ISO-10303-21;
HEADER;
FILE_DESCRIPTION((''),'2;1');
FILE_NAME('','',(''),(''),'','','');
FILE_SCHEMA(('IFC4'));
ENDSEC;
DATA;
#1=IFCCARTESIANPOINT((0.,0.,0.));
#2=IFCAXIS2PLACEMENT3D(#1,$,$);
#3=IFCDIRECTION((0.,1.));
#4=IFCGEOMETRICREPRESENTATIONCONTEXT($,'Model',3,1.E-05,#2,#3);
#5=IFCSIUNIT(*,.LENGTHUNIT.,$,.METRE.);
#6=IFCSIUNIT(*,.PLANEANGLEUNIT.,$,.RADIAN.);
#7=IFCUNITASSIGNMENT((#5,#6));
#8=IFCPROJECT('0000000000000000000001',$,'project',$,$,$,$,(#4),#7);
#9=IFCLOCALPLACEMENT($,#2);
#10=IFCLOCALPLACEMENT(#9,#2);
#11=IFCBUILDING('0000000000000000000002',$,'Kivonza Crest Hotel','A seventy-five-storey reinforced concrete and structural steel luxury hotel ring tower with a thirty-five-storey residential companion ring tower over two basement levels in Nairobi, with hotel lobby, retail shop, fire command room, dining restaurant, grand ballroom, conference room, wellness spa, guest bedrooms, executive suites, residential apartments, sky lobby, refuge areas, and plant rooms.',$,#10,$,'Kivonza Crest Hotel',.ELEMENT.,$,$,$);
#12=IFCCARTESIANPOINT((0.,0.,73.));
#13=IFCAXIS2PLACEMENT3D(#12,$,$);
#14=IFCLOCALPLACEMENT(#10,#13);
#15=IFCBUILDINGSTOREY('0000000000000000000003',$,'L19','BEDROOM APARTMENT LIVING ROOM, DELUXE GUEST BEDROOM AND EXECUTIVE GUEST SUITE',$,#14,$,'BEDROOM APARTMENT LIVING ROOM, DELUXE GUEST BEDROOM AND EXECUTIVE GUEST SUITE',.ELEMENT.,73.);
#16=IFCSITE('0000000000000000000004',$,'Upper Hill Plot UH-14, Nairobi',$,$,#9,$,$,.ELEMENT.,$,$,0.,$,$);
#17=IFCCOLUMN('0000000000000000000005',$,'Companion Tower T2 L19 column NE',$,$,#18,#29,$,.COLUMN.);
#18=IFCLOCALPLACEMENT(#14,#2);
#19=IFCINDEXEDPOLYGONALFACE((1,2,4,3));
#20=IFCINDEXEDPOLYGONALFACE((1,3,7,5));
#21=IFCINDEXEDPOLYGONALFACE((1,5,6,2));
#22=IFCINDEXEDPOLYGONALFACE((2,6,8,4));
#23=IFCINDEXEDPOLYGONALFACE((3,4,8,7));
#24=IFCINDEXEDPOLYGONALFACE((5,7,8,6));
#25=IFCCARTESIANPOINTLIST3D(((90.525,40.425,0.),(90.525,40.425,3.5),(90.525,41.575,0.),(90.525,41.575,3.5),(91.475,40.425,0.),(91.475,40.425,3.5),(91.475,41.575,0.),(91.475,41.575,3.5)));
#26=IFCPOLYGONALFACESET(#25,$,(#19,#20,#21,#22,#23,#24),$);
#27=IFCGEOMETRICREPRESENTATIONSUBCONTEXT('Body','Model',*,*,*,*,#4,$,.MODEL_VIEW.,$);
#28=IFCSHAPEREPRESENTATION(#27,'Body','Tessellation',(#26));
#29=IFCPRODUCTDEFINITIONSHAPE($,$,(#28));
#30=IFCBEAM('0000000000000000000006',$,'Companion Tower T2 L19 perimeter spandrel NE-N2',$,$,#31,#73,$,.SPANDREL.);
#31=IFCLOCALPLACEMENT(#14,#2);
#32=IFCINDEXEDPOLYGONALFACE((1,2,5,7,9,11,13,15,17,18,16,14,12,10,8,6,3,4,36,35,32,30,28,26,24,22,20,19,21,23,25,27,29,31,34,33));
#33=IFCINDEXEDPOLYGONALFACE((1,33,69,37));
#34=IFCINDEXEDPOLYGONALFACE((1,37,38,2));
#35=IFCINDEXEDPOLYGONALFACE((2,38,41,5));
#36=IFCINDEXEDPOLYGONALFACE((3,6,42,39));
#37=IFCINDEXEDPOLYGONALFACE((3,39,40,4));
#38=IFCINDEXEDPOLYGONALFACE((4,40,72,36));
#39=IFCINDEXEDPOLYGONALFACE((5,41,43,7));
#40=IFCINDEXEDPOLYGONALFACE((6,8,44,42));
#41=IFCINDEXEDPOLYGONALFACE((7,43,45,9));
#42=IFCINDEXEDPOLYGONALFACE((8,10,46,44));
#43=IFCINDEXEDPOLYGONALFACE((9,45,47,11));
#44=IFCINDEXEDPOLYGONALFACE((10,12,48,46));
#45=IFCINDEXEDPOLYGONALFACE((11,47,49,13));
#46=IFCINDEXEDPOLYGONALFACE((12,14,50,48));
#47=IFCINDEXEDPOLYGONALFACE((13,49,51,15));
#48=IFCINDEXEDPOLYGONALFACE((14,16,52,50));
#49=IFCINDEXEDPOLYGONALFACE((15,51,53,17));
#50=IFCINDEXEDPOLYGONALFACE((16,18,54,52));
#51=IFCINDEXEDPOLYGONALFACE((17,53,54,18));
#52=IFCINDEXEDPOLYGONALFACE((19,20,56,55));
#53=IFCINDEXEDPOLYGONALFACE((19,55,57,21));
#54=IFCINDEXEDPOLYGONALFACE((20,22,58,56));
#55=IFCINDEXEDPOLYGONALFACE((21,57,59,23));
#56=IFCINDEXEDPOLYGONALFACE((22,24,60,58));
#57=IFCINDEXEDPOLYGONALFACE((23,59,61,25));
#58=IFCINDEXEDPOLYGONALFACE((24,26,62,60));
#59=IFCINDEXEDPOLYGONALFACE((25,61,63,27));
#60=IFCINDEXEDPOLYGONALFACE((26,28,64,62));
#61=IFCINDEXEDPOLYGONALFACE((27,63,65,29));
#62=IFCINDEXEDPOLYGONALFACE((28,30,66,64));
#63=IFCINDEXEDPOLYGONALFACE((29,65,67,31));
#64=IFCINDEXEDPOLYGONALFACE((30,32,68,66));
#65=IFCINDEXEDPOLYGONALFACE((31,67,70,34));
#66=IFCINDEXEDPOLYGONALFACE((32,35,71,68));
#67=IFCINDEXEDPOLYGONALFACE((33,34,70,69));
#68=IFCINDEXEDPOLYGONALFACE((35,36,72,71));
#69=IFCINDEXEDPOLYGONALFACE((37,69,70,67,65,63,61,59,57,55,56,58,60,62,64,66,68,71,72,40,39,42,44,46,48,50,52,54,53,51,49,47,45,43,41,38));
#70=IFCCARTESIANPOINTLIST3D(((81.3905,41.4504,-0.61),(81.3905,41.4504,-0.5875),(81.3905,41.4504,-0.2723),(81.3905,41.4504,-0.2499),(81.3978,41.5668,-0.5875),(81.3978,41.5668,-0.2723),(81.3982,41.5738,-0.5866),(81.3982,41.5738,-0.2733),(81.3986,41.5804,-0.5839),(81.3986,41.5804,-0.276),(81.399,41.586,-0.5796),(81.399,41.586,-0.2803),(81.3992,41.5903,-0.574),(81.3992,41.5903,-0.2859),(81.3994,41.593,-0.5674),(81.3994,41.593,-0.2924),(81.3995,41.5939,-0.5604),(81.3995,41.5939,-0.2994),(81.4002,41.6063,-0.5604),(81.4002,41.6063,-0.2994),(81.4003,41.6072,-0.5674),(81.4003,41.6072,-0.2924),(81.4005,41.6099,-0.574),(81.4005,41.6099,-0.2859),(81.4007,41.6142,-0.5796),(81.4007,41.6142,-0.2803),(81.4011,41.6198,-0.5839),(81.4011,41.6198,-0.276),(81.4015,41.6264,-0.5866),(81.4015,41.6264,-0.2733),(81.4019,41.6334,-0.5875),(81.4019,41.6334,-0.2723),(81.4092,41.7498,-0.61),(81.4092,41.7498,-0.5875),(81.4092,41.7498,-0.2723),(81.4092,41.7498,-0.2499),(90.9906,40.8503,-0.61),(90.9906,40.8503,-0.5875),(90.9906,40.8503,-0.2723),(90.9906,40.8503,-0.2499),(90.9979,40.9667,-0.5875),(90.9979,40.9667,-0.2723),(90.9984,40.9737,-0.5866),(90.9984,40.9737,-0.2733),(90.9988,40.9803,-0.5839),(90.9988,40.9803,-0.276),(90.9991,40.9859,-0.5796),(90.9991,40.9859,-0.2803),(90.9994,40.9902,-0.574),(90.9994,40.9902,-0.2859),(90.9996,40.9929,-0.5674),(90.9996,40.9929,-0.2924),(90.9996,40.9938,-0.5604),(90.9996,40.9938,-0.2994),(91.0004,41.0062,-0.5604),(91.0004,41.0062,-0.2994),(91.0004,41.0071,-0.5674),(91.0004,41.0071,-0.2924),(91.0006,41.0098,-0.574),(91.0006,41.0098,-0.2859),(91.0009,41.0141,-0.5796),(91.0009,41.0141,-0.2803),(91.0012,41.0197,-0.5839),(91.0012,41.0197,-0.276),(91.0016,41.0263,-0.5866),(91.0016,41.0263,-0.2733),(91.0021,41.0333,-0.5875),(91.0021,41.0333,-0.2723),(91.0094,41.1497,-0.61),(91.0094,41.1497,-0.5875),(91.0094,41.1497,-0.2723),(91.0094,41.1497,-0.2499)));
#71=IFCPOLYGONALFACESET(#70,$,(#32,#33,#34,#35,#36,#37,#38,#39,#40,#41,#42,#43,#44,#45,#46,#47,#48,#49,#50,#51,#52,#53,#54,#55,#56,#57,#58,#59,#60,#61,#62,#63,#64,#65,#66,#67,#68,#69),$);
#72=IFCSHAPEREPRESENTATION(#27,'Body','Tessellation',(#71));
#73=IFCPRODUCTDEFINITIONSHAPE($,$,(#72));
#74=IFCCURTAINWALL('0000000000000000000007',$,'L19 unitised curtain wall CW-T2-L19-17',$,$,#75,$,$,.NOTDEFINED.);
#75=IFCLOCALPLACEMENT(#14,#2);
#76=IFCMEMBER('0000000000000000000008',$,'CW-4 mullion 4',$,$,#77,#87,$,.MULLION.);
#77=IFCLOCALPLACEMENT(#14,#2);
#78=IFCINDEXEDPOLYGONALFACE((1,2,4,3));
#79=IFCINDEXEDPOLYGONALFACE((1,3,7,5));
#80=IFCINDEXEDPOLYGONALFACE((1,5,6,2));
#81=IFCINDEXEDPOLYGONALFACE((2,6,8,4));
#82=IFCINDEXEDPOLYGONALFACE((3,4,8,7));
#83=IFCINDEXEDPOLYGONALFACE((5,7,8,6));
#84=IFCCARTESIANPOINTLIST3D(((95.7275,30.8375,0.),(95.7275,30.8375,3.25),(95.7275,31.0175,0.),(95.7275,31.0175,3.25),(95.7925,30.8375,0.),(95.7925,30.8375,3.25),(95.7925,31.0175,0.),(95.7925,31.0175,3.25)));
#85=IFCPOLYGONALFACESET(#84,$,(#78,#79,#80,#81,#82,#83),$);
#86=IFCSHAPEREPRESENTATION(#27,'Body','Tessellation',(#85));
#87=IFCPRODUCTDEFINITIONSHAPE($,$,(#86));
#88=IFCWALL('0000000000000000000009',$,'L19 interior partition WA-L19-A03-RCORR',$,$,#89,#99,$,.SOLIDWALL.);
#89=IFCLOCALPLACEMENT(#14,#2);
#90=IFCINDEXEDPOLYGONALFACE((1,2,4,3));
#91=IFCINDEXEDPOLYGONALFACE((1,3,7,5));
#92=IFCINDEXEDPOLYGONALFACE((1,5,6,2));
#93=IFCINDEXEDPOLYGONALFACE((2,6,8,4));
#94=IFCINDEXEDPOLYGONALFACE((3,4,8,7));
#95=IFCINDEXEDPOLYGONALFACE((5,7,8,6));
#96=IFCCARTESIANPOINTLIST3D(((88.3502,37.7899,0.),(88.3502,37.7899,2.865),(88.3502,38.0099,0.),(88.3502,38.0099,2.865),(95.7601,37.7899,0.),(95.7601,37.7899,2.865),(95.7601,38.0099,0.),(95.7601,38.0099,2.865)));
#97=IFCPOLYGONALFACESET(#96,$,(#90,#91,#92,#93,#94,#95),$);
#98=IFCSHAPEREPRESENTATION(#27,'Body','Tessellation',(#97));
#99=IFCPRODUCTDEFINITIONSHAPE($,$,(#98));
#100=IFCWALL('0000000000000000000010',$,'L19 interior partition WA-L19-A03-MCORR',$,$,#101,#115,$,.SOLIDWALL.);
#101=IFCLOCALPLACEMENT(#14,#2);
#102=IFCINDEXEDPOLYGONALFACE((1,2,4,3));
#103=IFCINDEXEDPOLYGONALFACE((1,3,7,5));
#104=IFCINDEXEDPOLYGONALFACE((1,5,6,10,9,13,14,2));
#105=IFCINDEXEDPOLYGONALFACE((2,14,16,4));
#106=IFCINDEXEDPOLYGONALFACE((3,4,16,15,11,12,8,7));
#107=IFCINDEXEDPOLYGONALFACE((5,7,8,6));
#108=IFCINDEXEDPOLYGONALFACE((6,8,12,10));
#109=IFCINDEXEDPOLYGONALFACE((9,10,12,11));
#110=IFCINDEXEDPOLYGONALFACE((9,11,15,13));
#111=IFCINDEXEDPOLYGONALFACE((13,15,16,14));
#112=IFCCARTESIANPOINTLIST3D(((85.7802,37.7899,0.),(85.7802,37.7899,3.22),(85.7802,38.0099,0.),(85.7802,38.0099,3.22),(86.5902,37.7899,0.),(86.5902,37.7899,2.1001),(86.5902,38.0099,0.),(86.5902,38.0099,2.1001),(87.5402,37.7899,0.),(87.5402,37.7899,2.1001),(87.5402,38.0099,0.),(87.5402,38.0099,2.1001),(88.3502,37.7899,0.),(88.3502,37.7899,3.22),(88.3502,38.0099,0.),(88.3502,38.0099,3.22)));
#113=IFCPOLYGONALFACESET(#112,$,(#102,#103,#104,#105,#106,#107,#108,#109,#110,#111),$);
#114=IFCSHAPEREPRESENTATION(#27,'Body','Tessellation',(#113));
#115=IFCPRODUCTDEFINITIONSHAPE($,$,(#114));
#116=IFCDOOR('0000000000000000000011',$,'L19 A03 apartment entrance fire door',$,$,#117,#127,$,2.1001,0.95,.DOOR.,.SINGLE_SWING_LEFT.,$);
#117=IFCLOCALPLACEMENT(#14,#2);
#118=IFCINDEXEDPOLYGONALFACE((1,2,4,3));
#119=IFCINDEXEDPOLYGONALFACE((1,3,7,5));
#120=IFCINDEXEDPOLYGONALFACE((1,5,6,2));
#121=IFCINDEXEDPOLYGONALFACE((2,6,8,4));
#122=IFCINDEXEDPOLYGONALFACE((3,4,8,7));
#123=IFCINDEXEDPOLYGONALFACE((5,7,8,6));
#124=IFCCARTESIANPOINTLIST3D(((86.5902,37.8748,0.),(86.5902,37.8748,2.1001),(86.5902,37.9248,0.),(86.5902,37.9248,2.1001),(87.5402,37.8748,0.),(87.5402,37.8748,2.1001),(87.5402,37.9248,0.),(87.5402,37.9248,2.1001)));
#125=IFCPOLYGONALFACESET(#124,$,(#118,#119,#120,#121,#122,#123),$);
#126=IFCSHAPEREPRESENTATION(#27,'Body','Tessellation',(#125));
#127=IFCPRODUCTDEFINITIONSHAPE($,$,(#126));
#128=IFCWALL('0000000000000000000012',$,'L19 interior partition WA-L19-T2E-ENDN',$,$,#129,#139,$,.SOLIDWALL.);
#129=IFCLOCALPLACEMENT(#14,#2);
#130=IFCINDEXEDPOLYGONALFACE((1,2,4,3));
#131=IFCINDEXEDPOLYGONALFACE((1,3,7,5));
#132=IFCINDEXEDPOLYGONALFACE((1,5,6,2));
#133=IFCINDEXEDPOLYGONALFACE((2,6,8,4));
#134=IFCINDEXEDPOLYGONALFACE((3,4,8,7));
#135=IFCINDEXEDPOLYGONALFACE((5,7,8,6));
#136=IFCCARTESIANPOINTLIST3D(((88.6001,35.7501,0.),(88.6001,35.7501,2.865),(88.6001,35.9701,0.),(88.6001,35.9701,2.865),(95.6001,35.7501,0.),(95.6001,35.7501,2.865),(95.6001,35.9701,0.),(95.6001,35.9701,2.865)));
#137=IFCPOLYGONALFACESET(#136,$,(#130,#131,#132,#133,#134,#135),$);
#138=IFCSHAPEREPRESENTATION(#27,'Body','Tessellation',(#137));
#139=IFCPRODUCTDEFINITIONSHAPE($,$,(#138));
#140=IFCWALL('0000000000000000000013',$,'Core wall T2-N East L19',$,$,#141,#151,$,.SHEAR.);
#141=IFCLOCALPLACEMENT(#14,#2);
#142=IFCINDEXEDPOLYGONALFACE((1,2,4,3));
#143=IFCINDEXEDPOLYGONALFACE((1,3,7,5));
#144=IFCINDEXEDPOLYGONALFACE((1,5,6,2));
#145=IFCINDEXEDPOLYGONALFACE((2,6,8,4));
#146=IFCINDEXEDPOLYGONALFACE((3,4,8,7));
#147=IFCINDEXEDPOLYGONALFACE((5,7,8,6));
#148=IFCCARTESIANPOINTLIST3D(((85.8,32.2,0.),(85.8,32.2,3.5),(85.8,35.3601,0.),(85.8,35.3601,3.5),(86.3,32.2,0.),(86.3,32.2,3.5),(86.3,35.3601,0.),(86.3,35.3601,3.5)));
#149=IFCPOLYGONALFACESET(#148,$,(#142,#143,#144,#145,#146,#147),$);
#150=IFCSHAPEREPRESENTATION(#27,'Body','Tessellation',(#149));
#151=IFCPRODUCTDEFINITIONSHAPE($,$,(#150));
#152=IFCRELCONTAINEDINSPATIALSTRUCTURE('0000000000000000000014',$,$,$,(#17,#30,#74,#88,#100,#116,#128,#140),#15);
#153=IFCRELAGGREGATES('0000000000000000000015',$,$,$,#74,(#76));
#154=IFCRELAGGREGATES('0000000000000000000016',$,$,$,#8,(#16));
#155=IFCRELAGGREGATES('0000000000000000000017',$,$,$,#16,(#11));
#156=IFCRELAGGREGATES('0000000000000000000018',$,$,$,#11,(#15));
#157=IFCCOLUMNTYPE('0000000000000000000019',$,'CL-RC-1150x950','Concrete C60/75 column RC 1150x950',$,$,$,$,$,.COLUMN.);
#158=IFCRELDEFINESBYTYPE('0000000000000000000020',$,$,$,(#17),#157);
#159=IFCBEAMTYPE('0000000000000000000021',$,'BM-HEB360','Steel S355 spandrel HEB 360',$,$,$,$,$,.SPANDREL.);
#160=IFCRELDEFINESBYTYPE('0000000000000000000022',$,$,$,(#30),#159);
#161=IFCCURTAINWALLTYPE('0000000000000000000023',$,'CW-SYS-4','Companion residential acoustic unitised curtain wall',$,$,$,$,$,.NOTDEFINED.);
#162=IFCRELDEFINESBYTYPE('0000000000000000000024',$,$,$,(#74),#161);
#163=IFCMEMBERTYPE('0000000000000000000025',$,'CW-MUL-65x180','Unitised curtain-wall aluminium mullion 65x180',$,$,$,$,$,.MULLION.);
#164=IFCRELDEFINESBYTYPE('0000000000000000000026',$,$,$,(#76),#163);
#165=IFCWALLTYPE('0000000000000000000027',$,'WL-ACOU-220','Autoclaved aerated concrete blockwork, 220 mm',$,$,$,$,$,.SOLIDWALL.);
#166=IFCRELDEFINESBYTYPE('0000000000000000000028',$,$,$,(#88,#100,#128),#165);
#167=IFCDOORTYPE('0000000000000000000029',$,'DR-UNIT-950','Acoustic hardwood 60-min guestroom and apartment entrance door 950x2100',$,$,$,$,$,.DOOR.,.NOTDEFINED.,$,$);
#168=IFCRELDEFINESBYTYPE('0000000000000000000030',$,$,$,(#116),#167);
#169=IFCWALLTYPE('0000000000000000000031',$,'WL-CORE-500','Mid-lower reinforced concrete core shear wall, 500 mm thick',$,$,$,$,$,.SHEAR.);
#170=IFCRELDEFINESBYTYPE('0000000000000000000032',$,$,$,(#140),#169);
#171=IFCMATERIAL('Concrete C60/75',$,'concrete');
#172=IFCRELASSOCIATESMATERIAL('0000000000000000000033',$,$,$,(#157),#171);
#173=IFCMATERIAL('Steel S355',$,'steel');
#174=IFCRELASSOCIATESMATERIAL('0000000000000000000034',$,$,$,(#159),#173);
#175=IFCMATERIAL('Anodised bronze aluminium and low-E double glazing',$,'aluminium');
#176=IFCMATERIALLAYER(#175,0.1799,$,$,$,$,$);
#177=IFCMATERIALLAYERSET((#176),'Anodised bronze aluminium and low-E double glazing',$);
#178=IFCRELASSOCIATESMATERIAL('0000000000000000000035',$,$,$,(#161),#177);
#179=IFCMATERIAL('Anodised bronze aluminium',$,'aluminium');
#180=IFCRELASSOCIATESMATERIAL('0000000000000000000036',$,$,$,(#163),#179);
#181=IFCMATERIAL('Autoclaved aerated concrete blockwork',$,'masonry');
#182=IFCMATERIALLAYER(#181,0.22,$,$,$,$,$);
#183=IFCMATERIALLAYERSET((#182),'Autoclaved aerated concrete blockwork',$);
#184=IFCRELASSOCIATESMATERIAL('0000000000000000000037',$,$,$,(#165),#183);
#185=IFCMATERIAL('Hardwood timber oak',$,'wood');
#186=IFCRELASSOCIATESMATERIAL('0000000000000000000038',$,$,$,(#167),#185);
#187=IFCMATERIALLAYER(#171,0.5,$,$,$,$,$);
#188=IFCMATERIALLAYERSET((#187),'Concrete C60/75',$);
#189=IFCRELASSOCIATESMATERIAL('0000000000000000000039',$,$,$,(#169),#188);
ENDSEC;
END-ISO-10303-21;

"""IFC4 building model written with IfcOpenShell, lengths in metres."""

from ifc_helpers import new_model, si_unit, direction, frame, frame_2d, origin, origin_2d, place, context, subcontext, project, spatial, rectangle, i_section, extrude, material, layer, layer_set, material_profile, profile_set, type_object, element, fill, aggregate, save


model = new_model("IFC4")

# Units and contexts
model_context = context("Model", 3, precision=1e-05, world=origin(), true_north=direction((0.0, 1.0)))
body_context = subcontext(model_context, "Body", "Model", "MODEL_VIEW")
ifc_project = project(units=[si_unit("LENGTHUNIT", "METRE"), si_unit("PLANEANGLEUNIT", "RADIAN")], contexts=[model_context])

# Site, building, storey
site_placement = place(None, origin())
site = spatial("IfcSite", under=ifc_project, at=site_placement, Name="Upper Hill Plot UH-14, Nairobi", CompositionType="ELEMENT", RefElevation=0.0)
building_placement = place(site_placement, origin())
building = spatial("IfcBuilding", under=site, at=building_placement, Name="Kivonza Crest Hotel", Description="A seventy-five-storey reinforced concrete and structural steel luxury hotel ring tower with a thirty-five-storey residential companion ring tower over two basement levels in Nairobi, with hotel lobby, retail shop, fire command room, dining restaurant, grand ballroom, conference room, wellness spa, guest bedrooms, executive suites, residential apartments, sky lobby, refuge areas, and plant rooms.", LongName="Kivonza Crest Hotel", CompositionType="ELEMENT")
storey_placement = place(building_placement, frame((0.0, 0.0, 73.0)))
storey = spatial("IfcBuildingStorey", under=building, at=storey_placement, Name="L19", Description="BEDROOM APARTMENT LIVING ROOM, DELUXE GUEST BEDROOM AND EXECUTIVE GUEST SUITE", LongName="BEDROOM APARTMENT LIVING ROOM, DELUXE GUEST BEDROOM AND EXECUTIVE GUEST SUITE", CompositionType="ELEMENT", Elevation=73.0)

# Column
ifc_material_1 = material(Name="Concrete C60/75", Category="concrete")
ifc_material_profile_1 = material_profile(ifc_material_1, rectangle(XDim=0.95, YDim=1.1499, at=origin_2d()), Name="RC 1150x950")
ifc_profile_set_1 = profile_set([ifc_material_profile_1], Name="Concrete C60/75")
column_type = type_object("IfcColumnType", Name="CL-RC-1150x950", Description="Concrete C60/75 column RC 1150x950", PredefinedType="COLUMN", material=ifc_profile_set_1)
column_placement = place(storey_placement, frame((91.0, 41.0, 0.0), z_axis=(0.0, 0.0, 1.0), x_axis=(1.0, 0.0, 0.0)))
element("IfcColumn", 1, at=column_placement, inside=storey, type_object=column_type, Name="Companion Tower T2 L19 column NE", PredefinedType="COLUMN", context=body_context, shape_type="SweptSolid", body=[
    extrude(rectangle(XDim=0.95, YDim=1.1499, at=origin_2d()), origin(), (0.0, 0.0, 1.0), 3.5),
])

# Beam
ifc_material_2 = material(Name="Steel S355", Category="steel")
ifc_material_profile_2 = material_profile(ifc_material_2, i_section(OverallWidth=0.3, OverallDepth=0.3601, WebThickness=0.0125, FlangeThickness=0.0225, FilletRadius=0.0271, at=origin_2d()), Name="HEB 360")
ifc_profile_set_2 = profile_set([ifc_material_profile_2], Name="Steel S355")
beam_type = type_object("IfcBeamType", Name="BM-HEB360", Description="Steel S355 spandrel HEB 360", PredefinedType="SPANDREL", material=ifc_profile_set_2)
beam_placement = place(storey_placement, frame((91.0, 41.0, -0.4299), z_axis=(-0.998052, 0.062388, 0.0), x_axis=(-0.062388, -0.998052, 0.0)))
element("IfcBeam", 2, at=beam_placement, inside=storey, type_object=beam_type, Name="Companion Tower T2 L19 perimeter spandrel NE-N2", PredefinedType="SPANDREL", context=body_context, shape_type="SweptSolid", body=[
    extrude(i_section(OverallWidth=0.3, OverallDepth=0.3601, WebThickness=0.0125, FlangeThickness=0.0225, FilletRadius=0.0271, at=origin_2d()), origin(), (0.0, 0.0, 1.0), 9.6189),
])

# Curtain wall, member
ifc_material_3 = material(Name="Anodised bronze aluminium and low-E double glazing", Category="aluminium")
ifc_layer_1 = layer(ifc_material_3, 0.1799)
ifc_layer_set_1 = layer_set([ifc_layer_1], Name="Anodised bronze aluminium and low-E double glazing")
curtain_wall_type = type_object("IfcCurtainWallType", Name="CW-SYS-4", Description="Companion residential acoustic unitised curtain wall", PredefinedType="NOTDEFINED", material=ifc_layer_set_1)
curtain_wall_placement = place(storey_placement, origin())
curtain_wall = element("IfcCurtainWall", 3, at=curtain_wall_placement, inside=storey, type_object=curtain_wall_type, Name="L19 unitised curtain wall CW-T2-L19-17", PredefinedType="NOTDEFINED")
ifc_material_4 = material(Name="Anodised bronze aluminium", Category="aluminium")
ifc_material_profile_3 = material_profile(ifc_material_4, rectangle(XDim=0.0649, YDim=0.1799, at=origin_2d()), Name="CW-M 65x180")
ifc_profile_set_3 = profile_set([ifc_material_profile_3], Name="Anodised bronze aluminium")
member_type = type_object("IfcMemberType", Name="CW-MUL-65x180", Description="Unitised curtain-wall aluminium mullion 65x180", PredefinedType="MULLION", material=ifc_profile_set_3)
member_placement = place(storey_placement, frame((95.76, 30.9275, 0.0), z_axis=(0.0, 0.0, 1.0), x_axis=(-1.0, 0.0, 0.0)))
member = element("IfcMember", 4, at=member_placement, type_object=member_type, Name="CW-4 mullion 4", PredefinedType="MULLION", context=body_context, shape_type="SweptSolid", body=[
    extrude(rectangle(XDim=0.0649, YDim=0.1799, at=origin_2d()), origin(), (0.0, 0.0, 1.0), 3.25),
])
aggregate(curtain_wall, [member])

# Wall
ifc_material_5 = material(Name="Autoclaved aerated concrete blockwork", Category="masonry")
ifc_layer_2 = layer(ifc_material_5, 0.22)
ifc_layer_set_2 = layer_set([ifc_layer_2], Name="Autoclaved aerated concrete blockwork")
wall_type_1 = type_object("IfcWallType", Name="WL-ACOU-220", Description="Autoclaved aerated concrete blockwork, 220 mm", PredefinedType="SOLIDWALL", material=ifc_layer_set_2)
wall_1_placement = place(storey_placement, frame((88.3501, 37.8999, 0.0), z_axis=(0.0, 0.0, 1.0), x_axis=(1.0, 0.0, 0.0)))
element("IfcWall", 5, at=wall_1_placement, inside=storey, type_object=wall_type_1, Name="L19 interior partition WA-L19-A03-RCORR", PredefinedType="SOLIDWALL", context=body_context, shape_type="SweptSolid", body=[
    extrude(rectangle(XDim=7.4099, YDim=0.22, at=frame_2d((3.7051, 0.0))), origin(), (0.0, 0.0, 1.0), 2.865),
])

# Wall, opening, door
wall_2_placement = place(storey_placement, frame((85.78, 37.8999, 0.0), z_axis=(0.0, 0.0, 1.0), x_axis=(1.0, 0.0, 0.0)))
wall_2 = element("IfcWall", 6, at=wall_2_placement, inside=storey, type_object=wall_type_1, Name="L19 interior partition WA-L19-A03-MCORR", PredefinedType="SOLIDWALL", context=body_context, shape_type="SweptSolid", body=[
    extrude(rectangle(XDim=2.5701, YDim=0.22, at=frame_2d((1.2852, 0.0))), origin(), (0.0, 0.0, 1.0), 3.22),
])
opening_1_placement = place(wall_2_placement, frame((0.8101, 0.0, 0.0)))
opening_1 = element("IfcOpeningElement", 7, at=opening_1_placement, cuts=wall_2, PredefinedType="OPENING", context=body_context, shape_type="SweptSolid", body=[
    extrude(rectangle(XDim=0.95, YDim=2.1001, at=frame_2d((0.4751, 1.05))), frame((0.0, 0.1201, 0.0), z_axis=(0.0, -1.0, 0.0), x_axis=(1.0, 0.0, 0.0)), (0.0, 0.0, 1.0), 0.24),
])
ifc_material_6 = material(Name="Hardwood timber oak", Category="wood")
door_type_1 = type_object("IfcDoorType", Name="DR-UNIT-950", Description="Acoustic hardwood 60-min guestroom and apartment entrance door 950x2100", OperationType="NOTDEFINED", PredefinedType="DOOR", material=ifc_material_6)
door_1_placement = place(opening_1_placement, origin())
door_1 = element("IfcDoor", 8, at=door_1_placement, inside=storey, type_object=door_type_1, Name="L19 A03 apartment entrance fire door", OperationType="SINGLE_SWING_LEFT", OverallHeight=2.1001, OverallWidth=0.95, PredefinedType="DOOR", context=body_context, shape_type="SweptSolid", body=[
    extrude(rectangle(XDim=0.95, YDim=2.1001, at=frame_2d((0.4751, 1.05))), frame((0.0, 0.0249, 0.0), z_axis=(0.0, -1.0, 0.0), x_axis=(1.0, 0.0, 0.0)), (0.0, 0.0, 1.0), 0.05),
])
fill(opening_1, door_1)

# Walls
wall_3_placement = place(storey_placement, frame((88.6001, 35.8601, 0.0), z_axis=(0.0, 0.0, 1.0), x_axis=(1.0, 0.0, 0.0)))
element("IfcWall", 9, at=wall_3_placement, inside=storey, type_object=wall_type_1, Name="L19 interior partition WA-L19-T2E-ENDN", PredefinedType="SOLIDWALL", context=body_context, shape_type="SweptSolid", body=[
    extrude(rectangle(XDim=7.0, YDim=0.22, at=frame_2d((3.5, 0.0))), origin(), (0.0, 0.0, 1.0), 2.865),
])
ifc_layer_3 = layer(ifc_material_1, 0.5)
ifc_layer_set_3 = layer_set([ifc_layer_3], Name="Concrete C60/75")
wall_type_2 = type_object("IfcWallType", Name="WL-CORE-500", Description="Mid-lower reinforced concrete core shear wall, 500 mm thick", PredefinedType="SHEAR", material=ifc_layer_set_3)
wall_4_placement = place(storey_placement, frame((86.05, 32.2, 0.0), z_axis=(0.0, 0.0, 1.0), x_axis=(0.0, 1.0, 0.0)))
element("IfcWall", 10, at=wall_4_placement, inside=storey, type_object=wall_type_2, Name="Core wall T2-N East L19", PredefinedType="SHEAR", context=body_context, shape_type="SweptSolid", body=[
    extrude(rectangle(XDim=3.1602, YDim=0.5, at=frame_2d((1.5801, 0.0))), origin(), (0.0, 0.0, 1.0), 3.5),
])

save(model, "model.ifc")
